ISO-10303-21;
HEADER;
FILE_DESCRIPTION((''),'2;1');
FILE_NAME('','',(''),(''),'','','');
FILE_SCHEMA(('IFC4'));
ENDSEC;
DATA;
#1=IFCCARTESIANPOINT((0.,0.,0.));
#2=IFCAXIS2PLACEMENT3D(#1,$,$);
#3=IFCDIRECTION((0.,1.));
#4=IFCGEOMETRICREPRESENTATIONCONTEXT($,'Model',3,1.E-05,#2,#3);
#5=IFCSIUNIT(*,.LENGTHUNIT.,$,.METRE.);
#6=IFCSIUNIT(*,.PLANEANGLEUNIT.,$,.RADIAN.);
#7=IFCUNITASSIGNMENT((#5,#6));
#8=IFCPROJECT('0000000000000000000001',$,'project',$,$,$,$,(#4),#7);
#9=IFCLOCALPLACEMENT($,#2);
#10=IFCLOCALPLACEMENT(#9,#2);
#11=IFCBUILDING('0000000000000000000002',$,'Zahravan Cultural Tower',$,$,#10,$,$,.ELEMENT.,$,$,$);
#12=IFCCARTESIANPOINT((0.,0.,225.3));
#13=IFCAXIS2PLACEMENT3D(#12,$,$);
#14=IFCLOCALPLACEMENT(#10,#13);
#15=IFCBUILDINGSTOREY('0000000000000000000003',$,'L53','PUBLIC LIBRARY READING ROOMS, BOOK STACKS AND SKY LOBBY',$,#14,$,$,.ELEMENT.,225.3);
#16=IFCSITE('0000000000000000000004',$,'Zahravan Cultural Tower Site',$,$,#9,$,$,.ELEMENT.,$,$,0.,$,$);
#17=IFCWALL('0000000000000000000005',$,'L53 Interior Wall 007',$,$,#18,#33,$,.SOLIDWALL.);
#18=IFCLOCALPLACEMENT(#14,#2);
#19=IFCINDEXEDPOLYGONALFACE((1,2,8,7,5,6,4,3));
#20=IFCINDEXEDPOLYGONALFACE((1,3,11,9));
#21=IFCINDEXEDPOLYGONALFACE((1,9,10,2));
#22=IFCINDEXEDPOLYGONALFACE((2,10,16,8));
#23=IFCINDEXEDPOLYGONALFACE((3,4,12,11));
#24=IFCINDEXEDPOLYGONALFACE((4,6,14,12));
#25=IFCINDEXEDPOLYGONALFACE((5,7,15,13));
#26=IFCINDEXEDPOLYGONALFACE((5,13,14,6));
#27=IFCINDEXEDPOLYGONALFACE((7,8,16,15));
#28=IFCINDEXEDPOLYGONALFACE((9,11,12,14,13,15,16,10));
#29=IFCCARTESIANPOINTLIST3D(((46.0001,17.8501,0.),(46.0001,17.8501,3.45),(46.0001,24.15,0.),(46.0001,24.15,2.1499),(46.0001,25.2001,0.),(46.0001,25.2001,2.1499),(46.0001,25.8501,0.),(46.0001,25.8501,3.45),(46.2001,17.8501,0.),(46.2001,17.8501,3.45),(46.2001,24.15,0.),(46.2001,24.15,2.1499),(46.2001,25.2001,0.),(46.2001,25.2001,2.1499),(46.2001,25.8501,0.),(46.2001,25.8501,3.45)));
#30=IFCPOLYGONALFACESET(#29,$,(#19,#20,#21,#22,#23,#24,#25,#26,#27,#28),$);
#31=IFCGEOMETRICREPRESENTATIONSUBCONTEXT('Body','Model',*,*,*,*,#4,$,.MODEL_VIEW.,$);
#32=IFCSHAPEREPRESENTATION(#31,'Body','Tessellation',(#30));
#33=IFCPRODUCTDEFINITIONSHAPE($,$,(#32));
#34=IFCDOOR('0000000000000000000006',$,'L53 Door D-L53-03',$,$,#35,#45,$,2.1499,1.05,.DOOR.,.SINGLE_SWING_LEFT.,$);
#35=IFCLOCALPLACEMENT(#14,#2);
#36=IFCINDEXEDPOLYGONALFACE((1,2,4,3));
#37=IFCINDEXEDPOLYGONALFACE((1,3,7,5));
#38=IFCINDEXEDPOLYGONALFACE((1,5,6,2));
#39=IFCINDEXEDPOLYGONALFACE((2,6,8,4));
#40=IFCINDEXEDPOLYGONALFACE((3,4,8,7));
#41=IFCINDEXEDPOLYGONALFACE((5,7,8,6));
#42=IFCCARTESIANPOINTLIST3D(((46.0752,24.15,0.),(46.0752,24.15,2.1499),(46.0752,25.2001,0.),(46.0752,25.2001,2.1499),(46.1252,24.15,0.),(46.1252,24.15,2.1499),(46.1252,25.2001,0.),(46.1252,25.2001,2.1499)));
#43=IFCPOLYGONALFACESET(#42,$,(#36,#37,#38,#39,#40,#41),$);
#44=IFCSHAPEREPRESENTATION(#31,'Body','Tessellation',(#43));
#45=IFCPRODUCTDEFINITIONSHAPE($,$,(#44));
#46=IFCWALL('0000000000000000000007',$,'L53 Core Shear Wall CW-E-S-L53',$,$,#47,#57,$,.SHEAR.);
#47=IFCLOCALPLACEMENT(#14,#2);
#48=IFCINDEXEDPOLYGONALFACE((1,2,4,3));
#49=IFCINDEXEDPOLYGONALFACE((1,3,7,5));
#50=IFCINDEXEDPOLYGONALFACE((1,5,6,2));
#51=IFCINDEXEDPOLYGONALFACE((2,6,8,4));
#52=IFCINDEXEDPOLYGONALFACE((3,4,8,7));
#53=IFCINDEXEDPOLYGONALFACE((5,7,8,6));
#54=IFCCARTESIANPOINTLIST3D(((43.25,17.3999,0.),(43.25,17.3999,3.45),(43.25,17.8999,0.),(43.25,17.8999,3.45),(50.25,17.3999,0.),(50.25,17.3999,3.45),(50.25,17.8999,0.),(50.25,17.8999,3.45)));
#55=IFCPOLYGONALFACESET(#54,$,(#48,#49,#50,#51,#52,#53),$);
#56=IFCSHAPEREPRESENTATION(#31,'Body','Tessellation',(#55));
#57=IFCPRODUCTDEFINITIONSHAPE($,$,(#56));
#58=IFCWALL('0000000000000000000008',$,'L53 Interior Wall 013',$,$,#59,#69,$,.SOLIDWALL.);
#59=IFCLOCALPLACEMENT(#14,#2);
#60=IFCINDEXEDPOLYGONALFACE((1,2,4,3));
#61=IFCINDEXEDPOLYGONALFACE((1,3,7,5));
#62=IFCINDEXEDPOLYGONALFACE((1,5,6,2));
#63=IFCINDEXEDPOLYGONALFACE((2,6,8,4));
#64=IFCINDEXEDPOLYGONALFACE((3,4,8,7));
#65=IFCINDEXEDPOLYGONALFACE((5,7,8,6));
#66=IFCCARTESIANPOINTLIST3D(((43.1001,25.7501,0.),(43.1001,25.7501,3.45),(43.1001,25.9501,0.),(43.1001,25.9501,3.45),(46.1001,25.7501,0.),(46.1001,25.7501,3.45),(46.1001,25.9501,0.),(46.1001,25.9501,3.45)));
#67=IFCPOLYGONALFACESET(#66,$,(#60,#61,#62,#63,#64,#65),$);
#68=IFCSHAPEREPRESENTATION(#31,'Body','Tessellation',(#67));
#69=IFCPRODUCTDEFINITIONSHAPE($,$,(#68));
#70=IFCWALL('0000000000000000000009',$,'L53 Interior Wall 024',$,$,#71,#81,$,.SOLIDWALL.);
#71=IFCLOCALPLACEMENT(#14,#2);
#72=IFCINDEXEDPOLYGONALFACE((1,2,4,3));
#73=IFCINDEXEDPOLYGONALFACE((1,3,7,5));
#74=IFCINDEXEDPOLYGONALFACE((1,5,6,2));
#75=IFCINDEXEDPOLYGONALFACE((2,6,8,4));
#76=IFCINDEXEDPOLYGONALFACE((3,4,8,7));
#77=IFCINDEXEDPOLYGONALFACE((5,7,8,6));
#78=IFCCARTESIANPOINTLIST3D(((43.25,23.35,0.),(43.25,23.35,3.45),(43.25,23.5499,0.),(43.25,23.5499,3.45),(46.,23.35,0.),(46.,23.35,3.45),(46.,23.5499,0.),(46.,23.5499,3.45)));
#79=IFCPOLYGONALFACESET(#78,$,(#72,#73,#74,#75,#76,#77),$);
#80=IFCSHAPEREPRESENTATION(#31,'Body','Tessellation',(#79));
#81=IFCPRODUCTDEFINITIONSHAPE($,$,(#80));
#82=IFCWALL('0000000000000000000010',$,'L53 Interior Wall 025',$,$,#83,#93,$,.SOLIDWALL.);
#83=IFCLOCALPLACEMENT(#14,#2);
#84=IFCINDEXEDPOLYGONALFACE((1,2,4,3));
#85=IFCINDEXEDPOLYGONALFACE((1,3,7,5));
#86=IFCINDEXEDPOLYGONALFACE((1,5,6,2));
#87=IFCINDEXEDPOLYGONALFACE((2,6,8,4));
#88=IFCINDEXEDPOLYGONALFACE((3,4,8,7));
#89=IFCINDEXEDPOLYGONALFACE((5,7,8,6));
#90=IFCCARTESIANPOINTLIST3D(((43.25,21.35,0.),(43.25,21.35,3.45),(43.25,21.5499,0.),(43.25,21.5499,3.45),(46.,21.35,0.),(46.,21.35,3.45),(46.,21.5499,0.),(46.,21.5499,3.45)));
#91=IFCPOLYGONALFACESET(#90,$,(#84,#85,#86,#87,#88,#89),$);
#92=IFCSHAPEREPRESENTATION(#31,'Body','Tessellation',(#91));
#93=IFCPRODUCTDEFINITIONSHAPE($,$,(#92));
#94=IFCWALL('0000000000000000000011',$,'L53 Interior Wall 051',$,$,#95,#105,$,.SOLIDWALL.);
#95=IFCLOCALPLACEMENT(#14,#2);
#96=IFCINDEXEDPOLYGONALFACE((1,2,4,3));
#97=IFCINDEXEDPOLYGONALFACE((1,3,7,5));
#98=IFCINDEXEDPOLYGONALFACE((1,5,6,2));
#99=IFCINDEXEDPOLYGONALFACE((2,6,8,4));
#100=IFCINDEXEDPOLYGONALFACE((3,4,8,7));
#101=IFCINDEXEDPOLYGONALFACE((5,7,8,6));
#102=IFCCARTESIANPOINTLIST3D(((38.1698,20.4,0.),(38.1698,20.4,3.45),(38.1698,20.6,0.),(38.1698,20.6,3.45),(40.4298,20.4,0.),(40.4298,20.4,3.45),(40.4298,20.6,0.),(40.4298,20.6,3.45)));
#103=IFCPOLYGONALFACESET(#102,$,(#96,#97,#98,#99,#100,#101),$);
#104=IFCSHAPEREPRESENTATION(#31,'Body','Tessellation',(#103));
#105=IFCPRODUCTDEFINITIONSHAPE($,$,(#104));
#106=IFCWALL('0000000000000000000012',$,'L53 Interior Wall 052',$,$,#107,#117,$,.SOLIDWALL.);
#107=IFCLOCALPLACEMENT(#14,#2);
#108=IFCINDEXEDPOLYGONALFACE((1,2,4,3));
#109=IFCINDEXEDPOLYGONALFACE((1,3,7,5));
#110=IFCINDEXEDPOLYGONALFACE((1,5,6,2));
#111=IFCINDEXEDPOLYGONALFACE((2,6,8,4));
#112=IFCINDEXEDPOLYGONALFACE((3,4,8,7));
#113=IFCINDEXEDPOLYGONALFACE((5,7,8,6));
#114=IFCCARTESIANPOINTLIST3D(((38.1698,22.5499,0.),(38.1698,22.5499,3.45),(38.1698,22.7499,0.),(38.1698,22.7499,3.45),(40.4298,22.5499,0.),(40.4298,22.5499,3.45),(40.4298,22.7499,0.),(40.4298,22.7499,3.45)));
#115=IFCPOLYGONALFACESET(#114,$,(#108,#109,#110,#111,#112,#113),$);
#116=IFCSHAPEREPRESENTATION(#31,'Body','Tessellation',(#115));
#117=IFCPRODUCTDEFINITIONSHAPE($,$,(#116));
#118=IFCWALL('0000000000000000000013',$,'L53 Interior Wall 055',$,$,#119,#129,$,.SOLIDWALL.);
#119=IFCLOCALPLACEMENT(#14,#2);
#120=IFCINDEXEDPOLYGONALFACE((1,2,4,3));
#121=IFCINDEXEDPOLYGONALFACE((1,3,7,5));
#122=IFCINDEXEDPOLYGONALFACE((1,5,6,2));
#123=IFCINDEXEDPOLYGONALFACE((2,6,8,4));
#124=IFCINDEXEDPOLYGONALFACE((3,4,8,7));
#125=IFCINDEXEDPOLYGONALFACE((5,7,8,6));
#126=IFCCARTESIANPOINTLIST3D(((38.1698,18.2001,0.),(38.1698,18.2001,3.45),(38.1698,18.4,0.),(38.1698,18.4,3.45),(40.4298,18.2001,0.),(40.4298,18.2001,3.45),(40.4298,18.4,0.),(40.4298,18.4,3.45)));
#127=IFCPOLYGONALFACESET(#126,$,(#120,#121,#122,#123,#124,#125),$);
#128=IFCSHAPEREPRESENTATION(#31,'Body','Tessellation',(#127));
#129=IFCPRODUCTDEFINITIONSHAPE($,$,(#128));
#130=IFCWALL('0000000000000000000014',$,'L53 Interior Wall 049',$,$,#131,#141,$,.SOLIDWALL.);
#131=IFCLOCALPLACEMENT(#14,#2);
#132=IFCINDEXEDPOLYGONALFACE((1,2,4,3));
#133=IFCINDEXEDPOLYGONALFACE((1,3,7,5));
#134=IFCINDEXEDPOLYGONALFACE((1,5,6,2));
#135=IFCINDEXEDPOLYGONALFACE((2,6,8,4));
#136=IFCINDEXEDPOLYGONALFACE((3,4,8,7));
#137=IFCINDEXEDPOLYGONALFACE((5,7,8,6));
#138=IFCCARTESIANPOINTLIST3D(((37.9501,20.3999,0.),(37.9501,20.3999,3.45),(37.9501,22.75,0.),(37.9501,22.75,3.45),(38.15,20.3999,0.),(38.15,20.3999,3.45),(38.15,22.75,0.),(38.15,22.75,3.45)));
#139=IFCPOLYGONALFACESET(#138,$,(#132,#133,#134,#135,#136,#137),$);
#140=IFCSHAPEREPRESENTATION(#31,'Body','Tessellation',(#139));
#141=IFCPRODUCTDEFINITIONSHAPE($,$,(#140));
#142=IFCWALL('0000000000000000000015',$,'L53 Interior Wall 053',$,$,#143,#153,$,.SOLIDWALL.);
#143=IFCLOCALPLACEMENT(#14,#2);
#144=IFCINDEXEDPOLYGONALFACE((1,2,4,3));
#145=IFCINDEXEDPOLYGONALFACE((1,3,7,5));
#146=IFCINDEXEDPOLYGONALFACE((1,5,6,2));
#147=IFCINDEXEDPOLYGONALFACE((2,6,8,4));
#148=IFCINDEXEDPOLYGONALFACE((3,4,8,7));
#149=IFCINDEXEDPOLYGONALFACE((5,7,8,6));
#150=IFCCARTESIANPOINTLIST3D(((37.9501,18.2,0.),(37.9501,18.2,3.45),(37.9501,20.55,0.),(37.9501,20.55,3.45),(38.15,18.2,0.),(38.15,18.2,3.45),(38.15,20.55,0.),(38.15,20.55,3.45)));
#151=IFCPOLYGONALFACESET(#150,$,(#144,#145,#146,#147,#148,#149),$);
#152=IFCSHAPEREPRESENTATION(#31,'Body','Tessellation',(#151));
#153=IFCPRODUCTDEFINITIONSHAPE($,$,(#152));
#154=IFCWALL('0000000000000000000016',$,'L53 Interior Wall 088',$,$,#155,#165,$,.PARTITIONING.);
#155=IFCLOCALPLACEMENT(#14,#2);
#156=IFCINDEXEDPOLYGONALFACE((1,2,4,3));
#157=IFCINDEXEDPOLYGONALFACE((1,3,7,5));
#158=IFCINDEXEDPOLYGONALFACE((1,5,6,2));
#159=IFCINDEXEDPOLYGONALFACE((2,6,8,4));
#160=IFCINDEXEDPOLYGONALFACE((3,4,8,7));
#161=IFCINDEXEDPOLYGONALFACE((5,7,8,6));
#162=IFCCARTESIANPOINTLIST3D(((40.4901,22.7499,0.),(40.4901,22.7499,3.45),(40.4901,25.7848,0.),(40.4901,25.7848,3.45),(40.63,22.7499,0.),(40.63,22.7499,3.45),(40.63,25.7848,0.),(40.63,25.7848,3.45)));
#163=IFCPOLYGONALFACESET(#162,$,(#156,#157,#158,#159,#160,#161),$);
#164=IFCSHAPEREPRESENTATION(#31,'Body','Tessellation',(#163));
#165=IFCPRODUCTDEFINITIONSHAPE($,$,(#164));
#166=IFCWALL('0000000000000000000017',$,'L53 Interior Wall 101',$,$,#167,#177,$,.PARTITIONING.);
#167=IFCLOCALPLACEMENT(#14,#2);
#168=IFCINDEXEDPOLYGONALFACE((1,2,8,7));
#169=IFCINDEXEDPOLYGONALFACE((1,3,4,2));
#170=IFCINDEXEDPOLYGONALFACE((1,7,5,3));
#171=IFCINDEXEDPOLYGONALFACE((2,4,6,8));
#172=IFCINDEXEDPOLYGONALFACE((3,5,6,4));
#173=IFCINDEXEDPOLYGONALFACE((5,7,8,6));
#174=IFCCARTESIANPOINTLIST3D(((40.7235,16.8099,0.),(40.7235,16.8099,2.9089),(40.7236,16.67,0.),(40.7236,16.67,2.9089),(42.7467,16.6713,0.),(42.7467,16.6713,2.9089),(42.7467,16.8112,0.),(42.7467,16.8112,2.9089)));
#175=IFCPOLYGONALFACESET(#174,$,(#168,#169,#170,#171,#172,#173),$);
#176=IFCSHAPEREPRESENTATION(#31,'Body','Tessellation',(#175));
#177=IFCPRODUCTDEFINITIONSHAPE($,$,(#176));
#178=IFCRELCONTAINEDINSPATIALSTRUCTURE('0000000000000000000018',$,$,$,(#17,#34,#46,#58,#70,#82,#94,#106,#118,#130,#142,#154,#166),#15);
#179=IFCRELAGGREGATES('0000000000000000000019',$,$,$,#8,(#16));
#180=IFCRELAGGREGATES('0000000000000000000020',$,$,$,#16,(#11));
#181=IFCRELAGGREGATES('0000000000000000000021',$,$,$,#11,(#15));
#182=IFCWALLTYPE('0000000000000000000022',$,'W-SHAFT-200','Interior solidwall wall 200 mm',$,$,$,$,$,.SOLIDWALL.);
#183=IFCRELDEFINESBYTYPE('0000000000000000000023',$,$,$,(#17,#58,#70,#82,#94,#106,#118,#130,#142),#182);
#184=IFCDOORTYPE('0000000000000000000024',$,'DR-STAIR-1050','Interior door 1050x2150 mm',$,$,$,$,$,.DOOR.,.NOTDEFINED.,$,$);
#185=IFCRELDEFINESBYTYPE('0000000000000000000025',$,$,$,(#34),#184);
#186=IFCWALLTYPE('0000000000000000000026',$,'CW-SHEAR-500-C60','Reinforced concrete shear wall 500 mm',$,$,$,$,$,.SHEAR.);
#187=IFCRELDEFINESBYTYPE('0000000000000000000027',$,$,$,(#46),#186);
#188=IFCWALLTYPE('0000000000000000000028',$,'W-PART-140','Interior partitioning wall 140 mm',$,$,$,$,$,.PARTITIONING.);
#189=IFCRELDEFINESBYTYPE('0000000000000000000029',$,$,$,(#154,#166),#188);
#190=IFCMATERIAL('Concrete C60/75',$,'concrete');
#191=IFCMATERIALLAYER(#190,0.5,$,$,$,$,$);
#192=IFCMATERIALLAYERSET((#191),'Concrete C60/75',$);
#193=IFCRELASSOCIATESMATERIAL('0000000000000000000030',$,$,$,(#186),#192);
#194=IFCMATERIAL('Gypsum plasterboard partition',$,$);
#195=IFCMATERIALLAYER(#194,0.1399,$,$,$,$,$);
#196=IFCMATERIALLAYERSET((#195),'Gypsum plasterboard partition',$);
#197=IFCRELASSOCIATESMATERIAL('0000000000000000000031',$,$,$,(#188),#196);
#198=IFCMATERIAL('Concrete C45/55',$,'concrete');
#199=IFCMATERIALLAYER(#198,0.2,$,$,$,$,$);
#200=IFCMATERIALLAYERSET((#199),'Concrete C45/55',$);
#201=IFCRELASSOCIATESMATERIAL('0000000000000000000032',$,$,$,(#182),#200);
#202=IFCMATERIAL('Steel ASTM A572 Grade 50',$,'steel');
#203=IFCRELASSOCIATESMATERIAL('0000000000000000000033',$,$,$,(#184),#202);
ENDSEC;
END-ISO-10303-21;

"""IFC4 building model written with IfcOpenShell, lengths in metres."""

from ifc_helpers import new_model, si_unit, direction, frame, frame_2d, origin, place, context, subcontext, project, spatial, rectangle, extrude, source, transform, mapped, material, layer, layer_set, type_object, element, fill, save


model = new_model("IFC4")

# Units and contexts
model_context = context("Model", 3, precision=1e-05, world=origin(), true_north=direction((0.0, 1.0)))
body_context = subcontext(model_context, "Body", "Model", "MODEL_VIEW")
ifc_project = project(units=[si_unit("LENGTHUNIT", "METRE"), si_unit("PLANEANGLEUNIT", "RADIAN")], contexts=[model_context])

# Site, building, storey
site_placement = place(None, origin())
site = spatial("IfcSite", under=ifc_project, at=site_placement, Name="Zahravan Cultural Tower Site", CompositionType="ELEMENT", RefElevation=0.0)
building_placement = place(site_placement, origin())
building = spatial("IfcBuilding", under=site, at=building_placement, Name="Zahravan Cultural Tower", CompositionType="ELEMENT")
storey_placement = place(building_placement, frame((0.0, 0.0, 225.3)))
storey = spatial("IfcBuildingStorey", under=building, at=storey_placement, Name="L53", Description="PUBLIC LIBRARY READING ROOMS, BOOK STACKS AND SKY LOBBY", CompositionType="ELEMENT", Elevation=225.3)

# Shared definitions
ifc_material_1 = material(Name="Concrete C60/75", Category="concrete")
ifc_layer_1 = layer(ifc_material_1, 0.5)
ifc_layer_set_1 = layer_set([ifc_layer_1], Name="Concrete C60/75")
wall_type_1 = type_object("IfcWallType", Name="CW-SHEAR-500-C60", Description="Reinforced concrete shear wall 500 mm", PredefinedType="SHEAR", material=ifc_layer_set_1)
ifc_material_2 = material(Name="Steel ASTM A572 Grade 50", Category="steel")

# Wall, opening, door
ifc_material_3 = material(Name="Gypsum plasterboard partition")
ifc_layer_2 = layer(ifc_material_3, 0.1399)
ifc_layer_set_2 = layer_set([ifc_layer_2], Name="Gypsum plasterboard partition")
wall_type_2 = type_object("IfcWallType", Name="W-PART-140", Description="Interior partitioning wall 140 mm", PredefinedType="PARTITIONING", material=ifc_layer_set_2)
ifc_material_4 = material(Name="Concrete C45/55", Category="concrete")
ifc_layer_3 = layer(ifc_material_4, 0.2)
ifc_layer_set_3 = layer_set([ifc_layer_3], Name="Concrete C45/55")
wall_type_3 = type_object("IfcWallType", Name="W-SHAFT-200", Description="Interior solidwall wall 200 mm", PredefinedType="SOLIDWALL", material=ifc_layer_set_3)
wall_1_placement = place(storey_placement, frame((46.1001, 17.8501, 0.0), z_axis=(0.0, 0.0, 1.0), x_axis=(0.0, 1.0, 0.0)))
wall_1 = element("IfcWall", 1, at=wall_1_placement, inside=storey, type_object=wall_type_3, Name="L53 Interior Wall 007", PredefinedType="SOLIDWALL", context=body_context, shape_type="SweptSolid", body=[
    extrude(rectangle(XDim=8.0, YDim=0.2, at=frame_2d((4.0, 0.0))), origin(), (0.0, 0.0, 1.0), 3.45),
])
opening_1_placement = place(wall_1_placement, frame((6.3, 0.0, 0.0)))
opening_1 = element("IfcOpeningElement", 2, at=opening_1_placement, cuts=wall_1, PredefinedType="OPENING", context=body_context, shape_type="SweptSolid", body=[
    extrude(rectangle(XDim=1.05, YDim=2.1499, at=frame_2d((0.5249, 1.075))), frame((0.0, 0.1099, 0.0), z_axis=(0.0, -1.0, 0.0), x_axis=(1.0, 0.0, 0.0)), (0.0, 0.0, 1.0), 0.22),
])
door_type_1 = type_object("IfcDoorType", Name="DR-STAIR-1050", Description="Interior door 1050x2150 mm", OperationType="NOTDEFINED", PredefinedType="DOOR", material=ifc_material_2)
shared_shape_1 = source(origin(), body_context, "Body", "SweptSolid", [
    extrude(rectangle(XDim=1.05, YDim=2.1499, at=frame_2d((0.5249, 1.075))), frame((0.0, 0.0249, 0.0), z_axis=(0.0, -1.0, 0.0), x_axis=(1.0, 0.0, 0.0)), (0.0, 0.0, 1.0), 0.05),
])
door_1_placement = place(opening_1_placement, origin())
door_1 = element("IfcDoor", 3, at=door_1_placement, inside=storey, type_object=door_type_1, Name="L53 Door D-L53-03", OperationType="SINGLE_SWING_LEFT", OverallHeight=2.1499, OverallWidth=1.05, PredefinedType="DOOR", context=body_context, shape_type="MappedRepresentation", body=[
    mapped(shared_shape_1, transform((0.0, 0.0, 0.0), x_axis=(1.0, 0.0, 0.0), y_axis=(0.0, 1.0, 0.0), z_axis=(0.0, 0.0, 1.0), scale=1.0)),
])
fill(opening_1, door_1)

# Walls
shared_shape_2 = source(origin(), body_context, "Body", "SweptSolid", [
    extrude(rectangle(XDim=7.0, YDim=0.5, at=frame_2d((3.5, 0.0))), origin(), (0.0, 0.0, 1.0), 3.45),
])
wall_2_placement = place(storey_placement, frame((43.25, 17.6499, 0.0), z_axis=(0.0, 0.0, 1.0), x_axis=(1.0, 0.0, 0.0)))
element("IfcWall", 4, at=wall_2_placement, inside=storey, type_object=wall_type_1, Name="L53 Core Shear Wall CW-E-S-L53", PredefinedType="SHEAR", context=body_context, shape_type="MappedRepresentation", body=[
    mapped(shared_shape_2, transform((0.0, 0.0, 0.0), x_axis=(1.0, 0.0, 0.0), y_axis=(0.0, 1.0, 0.0), z_axis=(0.0, 0.0, 1.0), scale=1.0)),
])
shared_shape_3 = source(origin(), body_context, "Body", "SweptSolid", [
    extrude(rectangle(XDim=3.0, YDim=0.2, at=frame_2d((1.5, 0.0))), origin(), (0.0, 0.0, 1.0), 3.45),
])
wall_3_placement = place(storey_placement, frame((43.1001, 25.8501, 0.0), z_axis=(0.0, 0.0, 1.0), x_axis=(1.0, 0.0, 0.0)))
element("IfcWall", 5, at=wall_3_placement, inside=storey, type_object=wall_type_3, Name="L53 Interior Wall 013", PredefinedType="SOLIDWALL", context=body_context, shape_type="MappedRepresentation", body=[
    mapped(shared_shape_3, transform((0.0, 0.0, 0.0), x_axis=(1.0, 0.0, 0.0), y_axis=(0.0, 1.0, 0.0), z_axis=(0.0, 0.0, 1.0), scale=1.0)),
])
shared_shape_4 = source(origin(), body_context, "Body", "SweptSolid", [
    extrude(rectangle(XDim=2.75, YDim=0.2, at=frame_2d((1.375, 0.0))), origin(), (0.0, 0.0, 1.0), 3.45),
])
for number, where, z_axis, x_axis, name in (
    (6, (43.25, 23.45, 0.0), (0.0, 0.0, 1.0), (1.0, 0.0, 0.0), "L53 Interior Wall 024"),
    (7, (43.25, 21.45, 0.0), (0.0, 0.0, 1.0), (1.0, 0.0, 0.0), "L53 Interior Wall 025"),
):
    element("IfcWall", number, at=place(storey_placement, frame(where, z_axis=z_axis, x_axis=x_axis)), inside=storey, type_object=wall_type_3, Name=name, PredefinedType="SOLIDWALL", context=body_context, shape_type="MappedRepresentation", body=[
        mapped(shared_shape_4, transform((0.0, 0.0, 0.0), x_axis=(1.0, 0.0, 0.0), y_axis=(0.0, 1.0, 0.0), z_axis=(0.0, 0.0, 1.0), scale=1.0)),
    ])
shared_shape_5 = source(origin(), body_context, "Body", "SweptSolid", [
    extrude(rectangle(XDim=2.26, YDim=0.2, at=frame_2d((1.1299, 0.0))), origin(), (0.0, 0.0, 1.0), 3.45),
])
for number, where, z_axis, x_axis, name in (
    (8, (38.1699, 20.5, 0.0), (0.0, 0.0, 1.0), (1.0, 0.0, 0.0), "L53 Interior Wall 051"),
    (9, (38.1699, 22.6499, 0.0), (0.0, 0.0, 1.0), (1.0, 0.0, 0.0), "L53 Interior Wall 052"),
    (10, (38.1699, 18.3, 0.0), (0.0, 0.0, 1.0), (1.0, 0.0, 0.0), "L53 Interior Wall 055"),
):
    element("IfcWall", number, at=place(storey_placement, frame(where, z_axis=z_axis, x_axis=x_axis)), inside=storey, type_object=wall_type_3, Name=name, PredefinedType="SOLIDWALL", context=body_context, shape_type="MappedRepresentation", body=[
        mapped(shared_shape_5, transform((0.0, 0.0, 0.0), x_axis=(1.0, 0.0, 0.0), y_axis=(0.0, 1.0, 0.0), z_axis=(0.0, 0.0, 1.0), scale=1.0)),
    ])
shared_shape_6 = source(origin(), body_context, "Body", "SweptSolid", [
    extrude(rectangle(XDim=2.3501, YDim=0.2, at=frame_2d((1.175, 0.0))), origin(), (0.0, 0.0, 1.0), 3.45),
])
for number, where, z_axis, x_axis, name in (
    (11, (38.05, 20.3999, 0.0), (0.0, 0.0, 1.0), (0.0, 1.0, 0.0), "L53 Interior Wall 049"),
    (12, (38.05, 18.2, 0.0), (0.0, 0.0, 1.0), (0.0, 1.0, 0.0), "L53 Interior Wall 053"),
):
    element("IfcWall", number, at=place(storey_placement, frame(where, z_axis=z_axis, x_axis=x_axis)), inside=storey, type_object=wall_type_3, Name=name, PredefinedType="SOLIDWALL", context=body_context, shape_type="MappedRepresentation", body=[
        mapped(shared_shape_6, transform((0.0, 0.0, 0.0), x_axis=(1.0, 0.0, 0.0), y_axis=(0.0, 1.0, 0.0), z_axis=(0.0, 0.0, 1.0), scale=1.0)),
    ])
shared_shape_7 = source(origin(), body_context, "Body", "SweptSolid", [
    extrude(rectangle(XDim=3.0349, YDim=0.1399, at=frame_2d((1.5176, 0.0))), origin(), (0.0, 0.0, 1.0), 3.45),
])
wall_4_placement = place(storey_placement, frame((40.5601, 25.7849, 0.0), z_axis=(0.0, 0.0, 1.0), x_axis=(0.0, -1.0, 0.0)))
element("IfcWall", 13, at=wall_4_placement, inside=storey, type_object=wall_type_2, Name="L53 Interior Wall 088", PredefinedType="PARTITIONING", context=body_context, shape_type="MappedRepresentation", body=[
    mapped(shared_shape_7, transform((0.0, 0.0, 0.0), x_axis=(1.0, 0.0, 0.0), y_axis=(0.0, 1.0, 0.0), z_axis=(0.0, 0.0, 1.0), scale=1.0)),
])
shared_shape_8 = source(origin(), body_context, "Body", "SweptSolid", [
    extrude(rectangle(XDim=2.0232, YDim=0.1399, at=frame_2d((1.0117, 0.0))), origin(), (0.0, 0.0, 1.0), 2.9089),
])
wall_5_placement = place(storey_placement, frame((40.7234, 16.74, 0.0), z_axis=(0.0, 0.0, 1.0), x_axis=(1.0, 0.000603, 0.0)))
element("IfcWall", 14, at=wall_5_placement, inside=storey, type_object=wall_type_2, Name="L53 Interior Wall 101", PredefinedType="PARTITIONING", context=body_context, shape_type="MappedRepresentation", body=[
    mapped(shared_shape_8, transform((0.0, 0.0, 0.0), x_axis=(1.0, 0.0, 0.0), y_axis=(0.0, 1.0, 0.0), z_axis=(0.0, 0.0, 1.0), scale=1.0)),
])

save(model, "model.ifc")
